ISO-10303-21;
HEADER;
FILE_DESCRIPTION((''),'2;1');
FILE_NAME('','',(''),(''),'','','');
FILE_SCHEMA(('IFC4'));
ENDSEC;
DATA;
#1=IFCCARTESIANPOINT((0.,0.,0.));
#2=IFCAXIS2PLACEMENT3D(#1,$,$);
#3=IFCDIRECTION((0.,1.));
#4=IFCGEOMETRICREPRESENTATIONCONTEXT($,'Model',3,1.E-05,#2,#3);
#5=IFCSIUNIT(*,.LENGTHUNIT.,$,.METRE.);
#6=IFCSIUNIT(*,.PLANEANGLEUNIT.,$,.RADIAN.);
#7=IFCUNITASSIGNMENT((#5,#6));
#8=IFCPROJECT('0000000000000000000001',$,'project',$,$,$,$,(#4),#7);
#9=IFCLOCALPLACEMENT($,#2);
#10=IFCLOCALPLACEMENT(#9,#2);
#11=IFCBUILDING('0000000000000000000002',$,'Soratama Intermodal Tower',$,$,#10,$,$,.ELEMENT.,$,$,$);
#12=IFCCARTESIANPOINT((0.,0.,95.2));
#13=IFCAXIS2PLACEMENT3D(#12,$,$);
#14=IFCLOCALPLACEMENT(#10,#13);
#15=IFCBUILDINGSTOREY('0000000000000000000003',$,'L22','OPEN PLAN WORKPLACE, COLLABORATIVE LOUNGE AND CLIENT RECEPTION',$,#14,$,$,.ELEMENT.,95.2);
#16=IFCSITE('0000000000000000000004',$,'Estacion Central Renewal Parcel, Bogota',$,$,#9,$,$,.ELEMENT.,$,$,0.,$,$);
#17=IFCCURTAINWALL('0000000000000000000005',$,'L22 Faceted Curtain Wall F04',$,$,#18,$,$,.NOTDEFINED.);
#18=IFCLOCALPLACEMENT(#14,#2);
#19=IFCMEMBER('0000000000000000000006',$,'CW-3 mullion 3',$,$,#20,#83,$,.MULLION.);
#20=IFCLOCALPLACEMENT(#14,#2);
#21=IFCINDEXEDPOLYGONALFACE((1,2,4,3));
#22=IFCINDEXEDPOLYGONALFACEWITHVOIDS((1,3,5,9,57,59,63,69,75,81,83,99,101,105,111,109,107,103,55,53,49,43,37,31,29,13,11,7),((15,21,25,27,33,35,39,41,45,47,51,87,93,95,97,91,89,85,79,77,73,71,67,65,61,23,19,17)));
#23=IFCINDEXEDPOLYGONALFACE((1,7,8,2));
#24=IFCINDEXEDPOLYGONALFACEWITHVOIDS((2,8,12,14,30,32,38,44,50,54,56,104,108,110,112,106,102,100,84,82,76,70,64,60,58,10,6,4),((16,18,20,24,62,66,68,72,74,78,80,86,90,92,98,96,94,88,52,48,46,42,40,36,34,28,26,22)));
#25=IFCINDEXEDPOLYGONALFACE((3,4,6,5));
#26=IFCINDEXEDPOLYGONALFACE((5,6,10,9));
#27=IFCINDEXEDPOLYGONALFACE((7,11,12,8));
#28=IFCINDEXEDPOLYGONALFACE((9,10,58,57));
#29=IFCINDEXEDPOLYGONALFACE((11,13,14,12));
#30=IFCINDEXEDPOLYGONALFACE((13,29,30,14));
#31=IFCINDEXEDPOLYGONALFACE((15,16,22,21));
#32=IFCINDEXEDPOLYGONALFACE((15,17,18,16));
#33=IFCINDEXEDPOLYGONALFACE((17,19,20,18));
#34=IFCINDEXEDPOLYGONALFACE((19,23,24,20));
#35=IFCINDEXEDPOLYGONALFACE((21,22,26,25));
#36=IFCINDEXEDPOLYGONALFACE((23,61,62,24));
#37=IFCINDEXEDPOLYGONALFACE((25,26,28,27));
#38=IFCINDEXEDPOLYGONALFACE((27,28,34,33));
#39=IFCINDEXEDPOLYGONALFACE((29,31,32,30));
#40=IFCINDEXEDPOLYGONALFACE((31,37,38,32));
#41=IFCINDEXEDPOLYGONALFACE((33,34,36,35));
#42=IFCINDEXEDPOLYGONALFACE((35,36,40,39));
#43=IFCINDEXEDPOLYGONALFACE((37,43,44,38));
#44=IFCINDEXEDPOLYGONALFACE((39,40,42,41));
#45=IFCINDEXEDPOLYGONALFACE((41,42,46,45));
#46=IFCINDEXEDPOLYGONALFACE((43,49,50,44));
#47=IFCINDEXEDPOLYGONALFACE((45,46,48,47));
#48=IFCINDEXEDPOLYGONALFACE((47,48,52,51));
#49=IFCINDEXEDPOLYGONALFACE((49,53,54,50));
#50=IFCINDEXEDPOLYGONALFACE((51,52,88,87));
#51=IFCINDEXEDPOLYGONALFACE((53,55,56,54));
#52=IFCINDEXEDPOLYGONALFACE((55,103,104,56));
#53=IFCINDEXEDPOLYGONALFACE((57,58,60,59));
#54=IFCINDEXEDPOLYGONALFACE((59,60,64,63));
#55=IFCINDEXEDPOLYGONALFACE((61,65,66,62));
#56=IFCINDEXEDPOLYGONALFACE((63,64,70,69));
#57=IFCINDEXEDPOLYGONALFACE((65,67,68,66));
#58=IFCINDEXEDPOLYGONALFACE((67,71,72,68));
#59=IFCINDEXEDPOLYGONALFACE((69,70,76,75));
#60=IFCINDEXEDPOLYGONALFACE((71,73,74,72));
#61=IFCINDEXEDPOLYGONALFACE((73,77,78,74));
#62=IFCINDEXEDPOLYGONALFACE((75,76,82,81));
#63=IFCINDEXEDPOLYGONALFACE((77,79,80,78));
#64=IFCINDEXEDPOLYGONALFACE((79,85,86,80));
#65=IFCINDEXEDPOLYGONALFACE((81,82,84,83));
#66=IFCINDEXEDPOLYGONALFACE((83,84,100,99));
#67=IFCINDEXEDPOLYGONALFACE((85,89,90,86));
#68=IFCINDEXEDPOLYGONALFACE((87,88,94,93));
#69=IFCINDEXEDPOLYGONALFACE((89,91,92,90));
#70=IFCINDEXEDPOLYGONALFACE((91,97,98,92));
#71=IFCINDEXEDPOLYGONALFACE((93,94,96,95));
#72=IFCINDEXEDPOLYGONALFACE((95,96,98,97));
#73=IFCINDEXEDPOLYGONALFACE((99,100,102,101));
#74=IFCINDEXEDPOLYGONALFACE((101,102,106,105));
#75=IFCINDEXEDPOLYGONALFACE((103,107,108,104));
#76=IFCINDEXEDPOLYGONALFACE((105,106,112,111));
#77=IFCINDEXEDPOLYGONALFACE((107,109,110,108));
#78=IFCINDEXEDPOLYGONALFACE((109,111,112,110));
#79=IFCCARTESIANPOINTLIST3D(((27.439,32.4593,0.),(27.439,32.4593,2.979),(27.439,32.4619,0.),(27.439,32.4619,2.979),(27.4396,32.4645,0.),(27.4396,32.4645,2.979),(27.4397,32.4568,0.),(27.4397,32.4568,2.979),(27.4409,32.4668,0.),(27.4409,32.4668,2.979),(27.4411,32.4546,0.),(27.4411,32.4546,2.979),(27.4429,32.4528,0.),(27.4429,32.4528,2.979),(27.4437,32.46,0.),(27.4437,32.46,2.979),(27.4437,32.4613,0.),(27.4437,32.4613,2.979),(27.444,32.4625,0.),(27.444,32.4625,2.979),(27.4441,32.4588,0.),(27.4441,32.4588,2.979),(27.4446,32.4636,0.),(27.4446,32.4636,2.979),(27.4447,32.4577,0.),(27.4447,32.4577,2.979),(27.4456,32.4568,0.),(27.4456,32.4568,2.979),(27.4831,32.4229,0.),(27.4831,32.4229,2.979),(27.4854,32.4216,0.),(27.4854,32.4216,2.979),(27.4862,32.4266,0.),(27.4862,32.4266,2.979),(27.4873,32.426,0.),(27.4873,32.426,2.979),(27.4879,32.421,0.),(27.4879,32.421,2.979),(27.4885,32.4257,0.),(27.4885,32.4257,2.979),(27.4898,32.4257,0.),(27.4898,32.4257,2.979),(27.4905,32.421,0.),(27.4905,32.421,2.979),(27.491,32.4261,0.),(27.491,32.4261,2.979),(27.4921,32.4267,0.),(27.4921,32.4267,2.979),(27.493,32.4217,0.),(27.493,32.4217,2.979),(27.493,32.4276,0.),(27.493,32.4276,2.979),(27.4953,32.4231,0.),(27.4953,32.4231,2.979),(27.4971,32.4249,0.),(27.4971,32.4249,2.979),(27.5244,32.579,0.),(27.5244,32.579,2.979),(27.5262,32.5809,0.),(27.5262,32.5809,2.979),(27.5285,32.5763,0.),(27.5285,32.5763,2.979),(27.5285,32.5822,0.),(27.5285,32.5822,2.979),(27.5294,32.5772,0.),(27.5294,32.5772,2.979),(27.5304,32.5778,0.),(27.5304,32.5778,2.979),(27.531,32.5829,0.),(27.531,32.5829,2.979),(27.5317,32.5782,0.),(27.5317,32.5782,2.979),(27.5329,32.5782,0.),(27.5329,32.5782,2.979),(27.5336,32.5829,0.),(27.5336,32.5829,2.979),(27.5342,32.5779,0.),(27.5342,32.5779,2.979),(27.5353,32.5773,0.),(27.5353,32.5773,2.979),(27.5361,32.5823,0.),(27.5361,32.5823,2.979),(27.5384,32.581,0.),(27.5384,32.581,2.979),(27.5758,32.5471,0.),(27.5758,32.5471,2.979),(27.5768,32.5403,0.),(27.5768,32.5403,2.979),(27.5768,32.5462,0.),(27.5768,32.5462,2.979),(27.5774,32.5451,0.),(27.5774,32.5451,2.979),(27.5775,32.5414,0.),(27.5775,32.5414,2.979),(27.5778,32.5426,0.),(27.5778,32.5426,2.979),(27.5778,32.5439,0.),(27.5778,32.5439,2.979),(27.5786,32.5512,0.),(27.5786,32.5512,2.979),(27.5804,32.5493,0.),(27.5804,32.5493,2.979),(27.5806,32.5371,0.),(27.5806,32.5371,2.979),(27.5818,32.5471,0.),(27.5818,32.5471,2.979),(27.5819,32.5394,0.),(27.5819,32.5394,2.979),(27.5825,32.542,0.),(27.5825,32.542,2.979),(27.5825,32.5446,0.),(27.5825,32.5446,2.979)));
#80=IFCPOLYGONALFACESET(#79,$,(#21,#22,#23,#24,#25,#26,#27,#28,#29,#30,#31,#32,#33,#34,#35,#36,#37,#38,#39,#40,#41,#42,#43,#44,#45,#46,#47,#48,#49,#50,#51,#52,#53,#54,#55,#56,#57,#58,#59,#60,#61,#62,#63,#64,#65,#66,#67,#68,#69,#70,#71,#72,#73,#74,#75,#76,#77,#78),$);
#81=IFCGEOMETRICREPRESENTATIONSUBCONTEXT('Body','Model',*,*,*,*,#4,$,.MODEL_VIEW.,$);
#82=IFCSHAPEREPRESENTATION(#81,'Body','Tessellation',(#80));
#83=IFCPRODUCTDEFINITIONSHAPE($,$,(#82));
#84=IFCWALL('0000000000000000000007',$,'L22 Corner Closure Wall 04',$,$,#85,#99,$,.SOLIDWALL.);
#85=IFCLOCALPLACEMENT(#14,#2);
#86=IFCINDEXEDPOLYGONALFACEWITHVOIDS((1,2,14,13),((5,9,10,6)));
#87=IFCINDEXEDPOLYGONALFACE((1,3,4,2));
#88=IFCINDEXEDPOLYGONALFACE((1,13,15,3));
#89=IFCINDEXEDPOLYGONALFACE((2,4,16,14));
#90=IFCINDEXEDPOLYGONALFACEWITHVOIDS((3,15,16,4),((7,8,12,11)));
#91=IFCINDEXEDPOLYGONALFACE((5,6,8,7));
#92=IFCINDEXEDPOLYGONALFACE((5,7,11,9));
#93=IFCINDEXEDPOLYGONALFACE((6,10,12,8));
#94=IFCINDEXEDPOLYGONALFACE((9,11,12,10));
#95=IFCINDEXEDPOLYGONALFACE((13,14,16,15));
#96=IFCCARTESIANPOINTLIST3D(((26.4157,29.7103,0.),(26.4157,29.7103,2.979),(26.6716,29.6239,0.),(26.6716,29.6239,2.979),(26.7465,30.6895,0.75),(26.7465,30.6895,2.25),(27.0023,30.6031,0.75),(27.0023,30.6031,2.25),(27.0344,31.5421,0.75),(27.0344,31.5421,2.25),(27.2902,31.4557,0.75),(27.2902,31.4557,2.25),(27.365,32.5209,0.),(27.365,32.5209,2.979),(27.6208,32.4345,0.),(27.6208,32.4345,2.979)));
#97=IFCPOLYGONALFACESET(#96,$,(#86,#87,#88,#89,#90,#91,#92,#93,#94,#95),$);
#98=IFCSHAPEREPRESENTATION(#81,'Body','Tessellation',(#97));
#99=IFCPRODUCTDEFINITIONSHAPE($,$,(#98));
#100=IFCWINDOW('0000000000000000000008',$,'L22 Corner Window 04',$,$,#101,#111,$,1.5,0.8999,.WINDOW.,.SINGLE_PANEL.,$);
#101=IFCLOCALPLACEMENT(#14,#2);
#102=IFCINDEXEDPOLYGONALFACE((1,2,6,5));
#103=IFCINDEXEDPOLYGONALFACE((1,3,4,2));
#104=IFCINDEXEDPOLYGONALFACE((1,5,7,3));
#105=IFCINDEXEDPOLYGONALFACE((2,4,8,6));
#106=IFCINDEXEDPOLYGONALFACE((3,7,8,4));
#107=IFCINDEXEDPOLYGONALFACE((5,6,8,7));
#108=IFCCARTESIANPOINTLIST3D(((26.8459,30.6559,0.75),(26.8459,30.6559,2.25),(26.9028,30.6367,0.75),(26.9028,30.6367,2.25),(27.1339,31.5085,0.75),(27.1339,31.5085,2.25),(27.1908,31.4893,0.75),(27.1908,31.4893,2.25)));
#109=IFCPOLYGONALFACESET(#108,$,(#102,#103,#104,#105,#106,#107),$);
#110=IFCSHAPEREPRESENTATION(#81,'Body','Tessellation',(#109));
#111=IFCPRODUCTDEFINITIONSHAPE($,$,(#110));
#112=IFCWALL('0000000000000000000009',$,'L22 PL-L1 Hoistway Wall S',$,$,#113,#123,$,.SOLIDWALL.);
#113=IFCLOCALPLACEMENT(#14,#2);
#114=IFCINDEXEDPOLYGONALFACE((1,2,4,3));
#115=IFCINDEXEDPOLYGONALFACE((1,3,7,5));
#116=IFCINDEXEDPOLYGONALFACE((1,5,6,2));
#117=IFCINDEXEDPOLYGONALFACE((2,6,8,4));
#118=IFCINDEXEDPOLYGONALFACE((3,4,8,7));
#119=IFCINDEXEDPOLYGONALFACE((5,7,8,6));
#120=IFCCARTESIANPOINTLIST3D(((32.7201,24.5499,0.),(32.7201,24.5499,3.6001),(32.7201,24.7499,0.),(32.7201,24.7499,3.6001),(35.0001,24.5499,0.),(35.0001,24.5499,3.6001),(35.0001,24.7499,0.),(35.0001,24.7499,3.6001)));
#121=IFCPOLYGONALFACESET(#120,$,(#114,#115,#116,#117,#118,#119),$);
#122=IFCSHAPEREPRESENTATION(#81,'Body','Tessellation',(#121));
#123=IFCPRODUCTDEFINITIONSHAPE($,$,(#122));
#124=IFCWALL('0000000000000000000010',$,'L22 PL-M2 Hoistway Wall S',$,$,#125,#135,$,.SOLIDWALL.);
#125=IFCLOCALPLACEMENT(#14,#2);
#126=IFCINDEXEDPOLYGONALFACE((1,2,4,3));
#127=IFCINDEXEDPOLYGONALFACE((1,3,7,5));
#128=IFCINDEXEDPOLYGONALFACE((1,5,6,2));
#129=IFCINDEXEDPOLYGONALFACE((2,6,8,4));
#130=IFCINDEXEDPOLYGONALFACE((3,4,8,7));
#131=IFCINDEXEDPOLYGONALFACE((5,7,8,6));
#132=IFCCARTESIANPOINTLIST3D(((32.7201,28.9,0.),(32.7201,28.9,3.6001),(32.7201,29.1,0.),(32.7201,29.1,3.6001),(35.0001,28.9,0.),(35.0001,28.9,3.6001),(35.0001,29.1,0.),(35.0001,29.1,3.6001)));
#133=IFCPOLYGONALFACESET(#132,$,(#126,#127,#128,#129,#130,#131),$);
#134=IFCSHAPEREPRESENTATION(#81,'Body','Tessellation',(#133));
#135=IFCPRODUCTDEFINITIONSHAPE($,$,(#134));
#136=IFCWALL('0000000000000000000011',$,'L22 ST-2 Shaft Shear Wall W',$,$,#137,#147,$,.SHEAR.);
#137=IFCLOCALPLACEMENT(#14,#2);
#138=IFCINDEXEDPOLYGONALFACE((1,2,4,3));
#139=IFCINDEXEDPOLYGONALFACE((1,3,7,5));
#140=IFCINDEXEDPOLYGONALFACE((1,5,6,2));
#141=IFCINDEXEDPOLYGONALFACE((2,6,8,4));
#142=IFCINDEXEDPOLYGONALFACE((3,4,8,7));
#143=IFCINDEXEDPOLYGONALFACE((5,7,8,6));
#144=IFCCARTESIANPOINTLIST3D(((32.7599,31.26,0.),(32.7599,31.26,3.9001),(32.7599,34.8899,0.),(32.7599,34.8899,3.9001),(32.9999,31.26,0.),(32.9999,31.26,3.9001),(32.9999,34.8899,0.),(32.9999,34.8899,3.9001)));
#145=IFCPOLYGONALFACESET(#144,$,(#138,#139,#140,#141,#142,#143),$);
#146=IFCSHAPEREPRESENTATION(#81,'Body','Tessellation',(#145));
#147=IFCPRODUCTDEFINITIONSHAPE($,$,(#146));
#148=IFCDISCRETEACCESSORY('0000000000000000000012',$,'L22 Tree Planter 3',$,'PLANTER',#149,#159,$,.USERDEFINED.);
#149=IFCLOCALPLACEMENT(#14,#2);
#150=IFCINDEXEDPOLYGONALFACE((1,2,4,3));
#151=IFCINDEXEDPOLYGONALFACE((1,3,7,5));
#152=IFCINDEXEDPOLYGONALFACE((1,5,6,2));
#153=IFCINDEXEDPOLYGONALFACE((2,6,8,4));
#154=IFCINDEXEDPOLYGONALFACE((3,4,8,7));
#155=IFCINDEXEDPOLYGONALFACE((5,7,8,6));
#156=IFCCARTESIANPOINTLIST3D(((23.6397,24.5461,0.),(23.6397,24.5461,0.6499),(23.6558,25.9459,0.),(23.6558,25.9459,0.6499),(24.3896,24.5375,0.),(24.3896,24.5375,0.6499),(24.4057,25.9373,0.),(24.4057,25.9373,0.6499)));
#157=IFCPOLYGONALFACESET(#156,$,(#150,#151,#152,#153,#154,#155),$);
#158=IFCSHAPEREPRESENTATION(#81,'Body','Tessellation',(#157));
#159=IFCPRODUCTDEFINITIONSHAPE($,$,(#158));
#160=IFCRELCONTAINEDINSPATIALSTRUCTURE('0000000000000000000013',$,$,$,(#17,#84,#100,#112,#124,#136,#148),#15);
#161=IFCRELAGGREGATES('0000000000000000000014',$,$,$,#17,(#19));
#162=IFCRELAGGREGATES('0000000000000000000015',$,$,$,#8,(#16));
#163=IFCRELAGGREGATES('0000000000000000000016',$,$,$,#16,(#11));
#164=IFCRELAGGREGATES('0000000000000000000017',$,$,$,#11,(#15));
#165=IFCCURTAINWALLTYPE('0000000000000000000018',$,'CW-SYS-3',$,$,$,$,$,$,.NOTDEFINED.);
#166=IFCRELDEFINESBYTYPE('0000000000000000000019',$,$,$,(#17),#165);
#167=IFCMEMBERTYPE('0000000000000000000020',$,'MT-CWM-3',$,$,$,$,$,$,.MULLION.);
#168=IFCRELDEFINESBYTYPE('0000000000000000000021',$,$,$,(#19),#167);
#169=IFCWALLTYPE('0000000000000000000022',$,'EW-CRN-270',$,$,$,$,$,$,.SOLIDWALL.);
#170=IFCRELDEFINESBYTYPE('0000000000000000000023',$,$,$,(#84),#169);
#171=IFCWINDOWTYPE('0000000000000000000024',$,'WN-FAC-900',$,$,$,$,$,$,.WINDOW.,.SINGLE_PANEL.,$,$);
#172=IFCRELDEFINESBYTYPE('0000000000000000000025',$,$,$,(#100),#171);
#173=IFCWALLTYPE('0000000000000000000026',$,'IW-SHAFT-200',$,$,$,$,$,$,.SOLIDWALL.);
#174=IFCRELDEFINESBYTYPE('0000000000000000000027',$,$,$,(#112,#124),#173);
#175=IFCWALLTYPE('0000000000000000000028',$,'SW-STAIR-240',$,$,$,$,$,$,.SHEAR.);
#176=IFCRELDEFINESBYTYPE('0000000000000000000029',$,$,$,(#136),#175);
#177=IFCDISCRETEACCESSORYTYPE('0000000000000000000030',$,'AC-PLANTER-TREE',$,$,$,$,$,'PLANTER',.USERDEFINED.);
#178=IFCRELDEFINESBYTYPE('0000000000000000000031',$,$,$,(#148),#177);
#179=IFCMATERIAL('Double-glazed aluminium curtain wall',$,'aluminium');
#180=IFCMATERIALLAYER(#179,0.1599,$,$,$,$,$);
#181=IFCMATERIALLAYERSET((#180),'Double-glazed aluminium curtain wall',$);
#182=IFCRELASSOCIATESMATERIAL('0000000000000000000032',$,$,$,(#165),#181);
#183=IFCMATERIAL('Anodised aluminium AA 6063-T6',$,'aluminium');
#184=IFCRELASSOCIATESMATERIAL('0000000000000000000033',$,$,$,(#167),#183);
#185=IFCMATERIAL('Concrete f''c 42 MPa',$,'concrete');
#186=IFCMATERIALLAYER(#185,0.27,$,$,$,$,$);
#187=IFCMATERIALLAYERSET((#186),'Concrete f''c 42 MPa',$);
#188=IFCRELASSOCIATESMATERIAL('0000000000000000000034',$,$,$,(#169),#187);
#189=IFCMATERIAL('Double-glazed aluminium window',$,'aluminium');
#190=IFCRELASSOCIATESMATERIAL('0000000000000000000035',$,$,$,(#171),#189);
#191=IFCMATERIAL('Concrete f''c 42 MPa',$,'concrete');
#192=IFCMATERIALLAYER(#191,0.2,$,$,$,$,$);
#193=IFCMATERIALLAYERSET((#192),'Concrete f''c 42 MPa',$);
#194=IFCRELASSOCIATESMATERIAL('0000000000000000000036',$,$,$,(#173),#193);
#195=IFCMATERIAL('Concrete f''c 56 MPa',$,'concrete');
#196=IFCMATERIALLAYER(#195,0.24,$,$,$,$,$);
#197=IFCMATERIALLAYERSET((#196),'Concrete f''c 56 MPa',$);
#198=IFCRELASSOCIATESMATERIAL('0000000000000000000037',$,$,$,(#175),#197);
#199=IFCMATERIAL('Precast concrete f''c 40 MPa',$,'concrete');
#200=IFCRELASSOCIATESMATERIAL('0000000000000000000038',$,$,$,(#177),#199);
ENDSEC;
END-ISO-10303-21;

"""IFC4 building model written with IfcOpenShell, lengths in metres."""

from ifc_helpers import new_model, si_unit, direction, frame, frame_2d, origin, origin_2d, place, context, subcontext, project, spatial, rectangle, hollow_rectangle, extrude, material, layer, layer_set, material_profile, profile_set, type_object, element, fill, aggregate, save


model = new_model("IFC4")

# Units and contexts
model_context = context("Model", 3, precision=1e-05, world=origin(), true_north=direction((0.0, 1.0)))
body_context = subcontext(model_context, "Body", "Model", "MODEL_VIEW")
ifc_project = project(units=[si_unit("LENGTHUNIT", "METRE"), si_unit("PLANEANGLEUNIT", "RADIAN")], contexts=[model_context])

# Site, building, storey
site_placement = place(None, origin())
site = spatial("IfcSite", under=ifc_project, at=site_placement, Name="Estacion Central Renewal Parcel, Bogota", CompositionType="ELEMENT", RefElevation=0.0)
building_placement = place(site_placement, origin())
building = spatial("IfcBuilding", under=site, at=building_placement, Name="Soratama Intermodal Tower", CompositionType="ELEMENT")
storey_placement = place(building_placement, frame((0.0, 0.0, 95.2)))
storey = spatial("IfcBuildingStorey", under=building, at=storey_placement, Name="L22", Description="OPEN PLAN WORKPLACE, COLLABORATIVE LOUNGE AND CLIENT RECEPTION", CompositionType="ELEMENT", Elevation=95.2)

# Curtain wall, member
ifc_material_1 = material(Name="Double-glazed aluminium curtain wall", Category="aluminium")
ifc_layer_1 = layer(ifc_material_1, 0.1599)
ifc_layer_set_1 = layer_set([ifc_layer_1], Name="Double-glazed aluminium curtain wall")
curtain_wall_type = type_object("IfcCurtainWallType", Name="CW-SYS-3", PredefinedType="NOTDEFINED", material=ifc_layer_set_1)
curtain_wall_placement = place(storey_placement, origin())
curtain_wall = element("IfcCurtainWall", 1, at=curtain_wall_placement, inside=storey, type_object=curtain_wall_type, Name="L22 Faceted Curtain Wall F04", PredefinedType="NOTDEFINED")
ifc_material_2 = material(Name="Anodised aluminium AA 6063-T6", Category="aluminium")
ifc_material_profile_1 = material_profile(ifc_material_2, hollow_rectangle(XDim=0.0701, YDim=0.1599, WallThickness=0.0049, InnerFilletRadius=0.0049, OuterFilletRadius=0.01, at=origin_2d()), Name="CWM160X70X5")
ifc_profile_set_1 = profile_set([ifc_material_profile_1], Name="Anodised aluminium AA 6063-T6")
member_type = type_object("IfcMemberType", Name="MT-CWM-3", PredefinedType="MULLION", material=ifc_profile_set_1)
member_placement = place(storey_placement, frame((27.5107, 32.502, 0.0), z_axis=(0.0, 0.0, 1.0), x_axis=(0.802189, -0.59707, 0.0)))
member = element("IfcMember", 2, at=member_placement, type_object=member_type, Name="CW-3 mullion 3", PredefinedType="MULLION", context=body_context, shape_type="SweptSolid", body=[
    extrude(hollow_rectangle(XDim=0.0701, YDim=0.1599, WallThickness=0.0049, InnerFilletRadius=0.0049, OuterFilletRadius=0.01, at=origin_2d()), origin(), (0.0, 0.0, 1.0), 2.979),
])
aggregate(curtain_wall, [member])

# Wall, opening, window
ifc_material_3 = material(Name="Concrete f'c 42 MPa", Category="concrete")
ifc_layer_2 = layer(ifc_material_3, 0.27)
ifc_layer_set_2 = layer_set([ifc_layer_2], Name="Concrete f'c 42 MPa")
wall_type_1 = type_object("IfcWallType", Name="EW-CRN-270", PredefinedType="SOLIDWALL", material=ifc_layer_set_2)
wall_1_placement = place(storey_placement, frame((27.4929, 32.4778, 0.0), z_axis=(0.0, 0.0, 1.0), x_axis=(-0.319978, -0.947425, 0.0)))
wall_1 = element("IfcWall", 3, at=wall_1_placement, inside=storey, type_object=wall_type_1, Name="L22 Corner Closure Wall 04", PredefinedType="SOLIDWALL", context=body_context, shape_type="SweptSolid", body=[
    extrude(rectangle(XDim=2.9666, YDim=0.27, at=frame_2d((1.4834, 0.0))), origin(), (0.0, 0.0, 1.0), 2.979),
])
opening_1_placement = place(wall_1_placement, frame((1.0332, 0.0, 0.75)))
opening_1 = element("IfcOpeningElement", 4, at=opening_1_placement, cuts=wall_1, PredefinedType="OPENING", context=body_context, shape_type="SweptSolid", body=[
    extrude(rectangle(XDim=0.8999, YDim=1.5, at=frame_2d((0.45, 0.75))), frame((0.0, 0.145, 0.0), z_axis=(0.0, -1.0, 0.0), x_axis=(1.0, 0.0, 0.0)), (0.0, 0.0, 1.0), 0.29),
])
ifc_material_4 = material(Name="Double-glazed aluminium window", Category="aluminium")
window_type_1 = type_object("IfcWindowType", Name="WN-FAC-900", PartitioningType="SINGLE_PANEL", PredefinedType="WINDOW", material=ifc_material_4)
window_1_placement = place(opening_1_placement, origin())
window_1 = element("IfcWindow", 5, at=window_1_placement, inside=storey, type_object=window_type_1, Name="L22 Corner Window 04", OverallHeight=1.5, OverallWidth=0.8999, PartitioningType="SINGLE_PANEL", PredefinedType="WINDOW", context=body_context, shape_type="SweptSolid", body=[
    extrude(rectangle(XDim=0.8999, YDim=1.5, at=frame_2d((0.45, 0.75))), frame((0.0, 0.03, 0.0), z_axis=(0.0, -1.0, 0.0), x_axis=(1.0, 0.0, 0.0)), (0.0, 0.0, 1.0), 0.0601),
])
fill(opening_1, window_1)

# Wall
ifc_material_5 = material(Name="Concrete f'c 42 MPa", Category="concrete")
ifc_layer_3 = layer(ifc_material_5, 0.2)
ifc_layer_set_3 = layer_set([ifc_layer_3], Name="Concrete f'c 42 MPa")
wall_type_2 = type_object("IfcWallType", Name="IW-SHAFT-200", PredefinedType="SOLIDWALL", material=ifc_layer_set_3)
wall_2_placement = place(storey_placement, frame((32.72, 24.6499, 0.0), z_axis=(0.0, 0.0, 1.0), x_axis=(1.0, 0.0, 0.0)))
element("IfcWall", 6, at=wall_2_placement, inside=storey, type_object=wall_type_2, Name="L22 PL-L1 Hoistway Wall S", PredefinedType="SOLIDWALL", context=body_context, shape_type="SweptSolid", body=[
    extrude(rectangle(XDim=2.28, YDim=0.2, at=frame_2d((1.1401, 0.0))), origin(), (0.0, 0.0, 1.0), 3.6001),
])

# Walls
wall_3_placement = place(storey_placement, frame((32.72, 29.0, 0.0), z_axis=(0.0, 0.0, 1.0), x_axis=(1.0, 0.0, 0.0)))
element("IfcWall", 7, at=wall_3_placement, inside=storey, type_object=wall_type_2, Name="L22 PL-M2 Hoistway Wall S", PredefinedType="SOLIDWALL", context=body_context, shape_type="SweptSolid", body=[
    extrude(rectangle(XDim=2.28, YDim=0.2, at=frame_2d((1.1401, 0.0))), origin(), (0.0, 0.0, 1.0), 3.6001),
])
ifc_material_6 = material(Name="Concrete f'c 56 MPa", Category="concrete")
ifc_layer_4 = layer(ifc_material_6, 0.24)
ifc_layer_set_4 = layer_set([ifc_layer_4], Name="Concrete f'c 56 MPa")
wall_type_3 = type_object("IfcWallType", Name="SW-STAIR-240", PredefinedType="SHEAR", material=ifc_layer_set_4)
wall_4_placement = place(storey_placement, frame((32.8799, 31.26, 0.0), z_axis=(0.0, 0.0, 1.0), x_axis=(0.0, 1.0, 0.0)))
element("IfcWall", 8, at=wall_4_placement, inside=storey, type_object=wall_type_3, Name="L22 ST-2 Shaft Shear Wall W", PredefinedType="SHEAR", context=body_context, shape_type="SweptSolid", body=[
    extrude(rectangle(XDim=3.6299, YDim=0.24, at=frame_2d((1.8149, 0.0))), origin(), (0.0, 0.0, 1.0), 3.9001),
])

# Discrete accessory
ifc_material_7 = material(Name="Precast concrete f'c 40 MPa", Category="concrete")
discrete_accessory_type = type_object("IfcDiscreteAccessoryType", Name="AC-PLANTER-TREE", ElementType="PLANTER", PredefinedType="USERDEFINED", material=ifc_material_7)
discrete_accessory_placement = place(storey_placement, frame((24.0227, 25.2417, 0.0), z_axis=(0.0, 0.0, 1.0), x_axis=(-0.999934, 0.011519, 0.0)))
element("IfcDiscreteAccessory", 9, at=discrete_accessory_placement, inside=storey, type_object=discrete_accessory_type, Name="L22 Tree Planter 3", ObjectType="PLANTER", PredefinedType="USERDEFINED", context=body_context, shape_type="SweptSolid", body=[
    extrude(rectangle(XDim=0.75, YDim=1.3999, at=origin_2d()), origin(), (0.0, 0.0, 1.0), 0.6499),
])

save(model, "model.ifc")
